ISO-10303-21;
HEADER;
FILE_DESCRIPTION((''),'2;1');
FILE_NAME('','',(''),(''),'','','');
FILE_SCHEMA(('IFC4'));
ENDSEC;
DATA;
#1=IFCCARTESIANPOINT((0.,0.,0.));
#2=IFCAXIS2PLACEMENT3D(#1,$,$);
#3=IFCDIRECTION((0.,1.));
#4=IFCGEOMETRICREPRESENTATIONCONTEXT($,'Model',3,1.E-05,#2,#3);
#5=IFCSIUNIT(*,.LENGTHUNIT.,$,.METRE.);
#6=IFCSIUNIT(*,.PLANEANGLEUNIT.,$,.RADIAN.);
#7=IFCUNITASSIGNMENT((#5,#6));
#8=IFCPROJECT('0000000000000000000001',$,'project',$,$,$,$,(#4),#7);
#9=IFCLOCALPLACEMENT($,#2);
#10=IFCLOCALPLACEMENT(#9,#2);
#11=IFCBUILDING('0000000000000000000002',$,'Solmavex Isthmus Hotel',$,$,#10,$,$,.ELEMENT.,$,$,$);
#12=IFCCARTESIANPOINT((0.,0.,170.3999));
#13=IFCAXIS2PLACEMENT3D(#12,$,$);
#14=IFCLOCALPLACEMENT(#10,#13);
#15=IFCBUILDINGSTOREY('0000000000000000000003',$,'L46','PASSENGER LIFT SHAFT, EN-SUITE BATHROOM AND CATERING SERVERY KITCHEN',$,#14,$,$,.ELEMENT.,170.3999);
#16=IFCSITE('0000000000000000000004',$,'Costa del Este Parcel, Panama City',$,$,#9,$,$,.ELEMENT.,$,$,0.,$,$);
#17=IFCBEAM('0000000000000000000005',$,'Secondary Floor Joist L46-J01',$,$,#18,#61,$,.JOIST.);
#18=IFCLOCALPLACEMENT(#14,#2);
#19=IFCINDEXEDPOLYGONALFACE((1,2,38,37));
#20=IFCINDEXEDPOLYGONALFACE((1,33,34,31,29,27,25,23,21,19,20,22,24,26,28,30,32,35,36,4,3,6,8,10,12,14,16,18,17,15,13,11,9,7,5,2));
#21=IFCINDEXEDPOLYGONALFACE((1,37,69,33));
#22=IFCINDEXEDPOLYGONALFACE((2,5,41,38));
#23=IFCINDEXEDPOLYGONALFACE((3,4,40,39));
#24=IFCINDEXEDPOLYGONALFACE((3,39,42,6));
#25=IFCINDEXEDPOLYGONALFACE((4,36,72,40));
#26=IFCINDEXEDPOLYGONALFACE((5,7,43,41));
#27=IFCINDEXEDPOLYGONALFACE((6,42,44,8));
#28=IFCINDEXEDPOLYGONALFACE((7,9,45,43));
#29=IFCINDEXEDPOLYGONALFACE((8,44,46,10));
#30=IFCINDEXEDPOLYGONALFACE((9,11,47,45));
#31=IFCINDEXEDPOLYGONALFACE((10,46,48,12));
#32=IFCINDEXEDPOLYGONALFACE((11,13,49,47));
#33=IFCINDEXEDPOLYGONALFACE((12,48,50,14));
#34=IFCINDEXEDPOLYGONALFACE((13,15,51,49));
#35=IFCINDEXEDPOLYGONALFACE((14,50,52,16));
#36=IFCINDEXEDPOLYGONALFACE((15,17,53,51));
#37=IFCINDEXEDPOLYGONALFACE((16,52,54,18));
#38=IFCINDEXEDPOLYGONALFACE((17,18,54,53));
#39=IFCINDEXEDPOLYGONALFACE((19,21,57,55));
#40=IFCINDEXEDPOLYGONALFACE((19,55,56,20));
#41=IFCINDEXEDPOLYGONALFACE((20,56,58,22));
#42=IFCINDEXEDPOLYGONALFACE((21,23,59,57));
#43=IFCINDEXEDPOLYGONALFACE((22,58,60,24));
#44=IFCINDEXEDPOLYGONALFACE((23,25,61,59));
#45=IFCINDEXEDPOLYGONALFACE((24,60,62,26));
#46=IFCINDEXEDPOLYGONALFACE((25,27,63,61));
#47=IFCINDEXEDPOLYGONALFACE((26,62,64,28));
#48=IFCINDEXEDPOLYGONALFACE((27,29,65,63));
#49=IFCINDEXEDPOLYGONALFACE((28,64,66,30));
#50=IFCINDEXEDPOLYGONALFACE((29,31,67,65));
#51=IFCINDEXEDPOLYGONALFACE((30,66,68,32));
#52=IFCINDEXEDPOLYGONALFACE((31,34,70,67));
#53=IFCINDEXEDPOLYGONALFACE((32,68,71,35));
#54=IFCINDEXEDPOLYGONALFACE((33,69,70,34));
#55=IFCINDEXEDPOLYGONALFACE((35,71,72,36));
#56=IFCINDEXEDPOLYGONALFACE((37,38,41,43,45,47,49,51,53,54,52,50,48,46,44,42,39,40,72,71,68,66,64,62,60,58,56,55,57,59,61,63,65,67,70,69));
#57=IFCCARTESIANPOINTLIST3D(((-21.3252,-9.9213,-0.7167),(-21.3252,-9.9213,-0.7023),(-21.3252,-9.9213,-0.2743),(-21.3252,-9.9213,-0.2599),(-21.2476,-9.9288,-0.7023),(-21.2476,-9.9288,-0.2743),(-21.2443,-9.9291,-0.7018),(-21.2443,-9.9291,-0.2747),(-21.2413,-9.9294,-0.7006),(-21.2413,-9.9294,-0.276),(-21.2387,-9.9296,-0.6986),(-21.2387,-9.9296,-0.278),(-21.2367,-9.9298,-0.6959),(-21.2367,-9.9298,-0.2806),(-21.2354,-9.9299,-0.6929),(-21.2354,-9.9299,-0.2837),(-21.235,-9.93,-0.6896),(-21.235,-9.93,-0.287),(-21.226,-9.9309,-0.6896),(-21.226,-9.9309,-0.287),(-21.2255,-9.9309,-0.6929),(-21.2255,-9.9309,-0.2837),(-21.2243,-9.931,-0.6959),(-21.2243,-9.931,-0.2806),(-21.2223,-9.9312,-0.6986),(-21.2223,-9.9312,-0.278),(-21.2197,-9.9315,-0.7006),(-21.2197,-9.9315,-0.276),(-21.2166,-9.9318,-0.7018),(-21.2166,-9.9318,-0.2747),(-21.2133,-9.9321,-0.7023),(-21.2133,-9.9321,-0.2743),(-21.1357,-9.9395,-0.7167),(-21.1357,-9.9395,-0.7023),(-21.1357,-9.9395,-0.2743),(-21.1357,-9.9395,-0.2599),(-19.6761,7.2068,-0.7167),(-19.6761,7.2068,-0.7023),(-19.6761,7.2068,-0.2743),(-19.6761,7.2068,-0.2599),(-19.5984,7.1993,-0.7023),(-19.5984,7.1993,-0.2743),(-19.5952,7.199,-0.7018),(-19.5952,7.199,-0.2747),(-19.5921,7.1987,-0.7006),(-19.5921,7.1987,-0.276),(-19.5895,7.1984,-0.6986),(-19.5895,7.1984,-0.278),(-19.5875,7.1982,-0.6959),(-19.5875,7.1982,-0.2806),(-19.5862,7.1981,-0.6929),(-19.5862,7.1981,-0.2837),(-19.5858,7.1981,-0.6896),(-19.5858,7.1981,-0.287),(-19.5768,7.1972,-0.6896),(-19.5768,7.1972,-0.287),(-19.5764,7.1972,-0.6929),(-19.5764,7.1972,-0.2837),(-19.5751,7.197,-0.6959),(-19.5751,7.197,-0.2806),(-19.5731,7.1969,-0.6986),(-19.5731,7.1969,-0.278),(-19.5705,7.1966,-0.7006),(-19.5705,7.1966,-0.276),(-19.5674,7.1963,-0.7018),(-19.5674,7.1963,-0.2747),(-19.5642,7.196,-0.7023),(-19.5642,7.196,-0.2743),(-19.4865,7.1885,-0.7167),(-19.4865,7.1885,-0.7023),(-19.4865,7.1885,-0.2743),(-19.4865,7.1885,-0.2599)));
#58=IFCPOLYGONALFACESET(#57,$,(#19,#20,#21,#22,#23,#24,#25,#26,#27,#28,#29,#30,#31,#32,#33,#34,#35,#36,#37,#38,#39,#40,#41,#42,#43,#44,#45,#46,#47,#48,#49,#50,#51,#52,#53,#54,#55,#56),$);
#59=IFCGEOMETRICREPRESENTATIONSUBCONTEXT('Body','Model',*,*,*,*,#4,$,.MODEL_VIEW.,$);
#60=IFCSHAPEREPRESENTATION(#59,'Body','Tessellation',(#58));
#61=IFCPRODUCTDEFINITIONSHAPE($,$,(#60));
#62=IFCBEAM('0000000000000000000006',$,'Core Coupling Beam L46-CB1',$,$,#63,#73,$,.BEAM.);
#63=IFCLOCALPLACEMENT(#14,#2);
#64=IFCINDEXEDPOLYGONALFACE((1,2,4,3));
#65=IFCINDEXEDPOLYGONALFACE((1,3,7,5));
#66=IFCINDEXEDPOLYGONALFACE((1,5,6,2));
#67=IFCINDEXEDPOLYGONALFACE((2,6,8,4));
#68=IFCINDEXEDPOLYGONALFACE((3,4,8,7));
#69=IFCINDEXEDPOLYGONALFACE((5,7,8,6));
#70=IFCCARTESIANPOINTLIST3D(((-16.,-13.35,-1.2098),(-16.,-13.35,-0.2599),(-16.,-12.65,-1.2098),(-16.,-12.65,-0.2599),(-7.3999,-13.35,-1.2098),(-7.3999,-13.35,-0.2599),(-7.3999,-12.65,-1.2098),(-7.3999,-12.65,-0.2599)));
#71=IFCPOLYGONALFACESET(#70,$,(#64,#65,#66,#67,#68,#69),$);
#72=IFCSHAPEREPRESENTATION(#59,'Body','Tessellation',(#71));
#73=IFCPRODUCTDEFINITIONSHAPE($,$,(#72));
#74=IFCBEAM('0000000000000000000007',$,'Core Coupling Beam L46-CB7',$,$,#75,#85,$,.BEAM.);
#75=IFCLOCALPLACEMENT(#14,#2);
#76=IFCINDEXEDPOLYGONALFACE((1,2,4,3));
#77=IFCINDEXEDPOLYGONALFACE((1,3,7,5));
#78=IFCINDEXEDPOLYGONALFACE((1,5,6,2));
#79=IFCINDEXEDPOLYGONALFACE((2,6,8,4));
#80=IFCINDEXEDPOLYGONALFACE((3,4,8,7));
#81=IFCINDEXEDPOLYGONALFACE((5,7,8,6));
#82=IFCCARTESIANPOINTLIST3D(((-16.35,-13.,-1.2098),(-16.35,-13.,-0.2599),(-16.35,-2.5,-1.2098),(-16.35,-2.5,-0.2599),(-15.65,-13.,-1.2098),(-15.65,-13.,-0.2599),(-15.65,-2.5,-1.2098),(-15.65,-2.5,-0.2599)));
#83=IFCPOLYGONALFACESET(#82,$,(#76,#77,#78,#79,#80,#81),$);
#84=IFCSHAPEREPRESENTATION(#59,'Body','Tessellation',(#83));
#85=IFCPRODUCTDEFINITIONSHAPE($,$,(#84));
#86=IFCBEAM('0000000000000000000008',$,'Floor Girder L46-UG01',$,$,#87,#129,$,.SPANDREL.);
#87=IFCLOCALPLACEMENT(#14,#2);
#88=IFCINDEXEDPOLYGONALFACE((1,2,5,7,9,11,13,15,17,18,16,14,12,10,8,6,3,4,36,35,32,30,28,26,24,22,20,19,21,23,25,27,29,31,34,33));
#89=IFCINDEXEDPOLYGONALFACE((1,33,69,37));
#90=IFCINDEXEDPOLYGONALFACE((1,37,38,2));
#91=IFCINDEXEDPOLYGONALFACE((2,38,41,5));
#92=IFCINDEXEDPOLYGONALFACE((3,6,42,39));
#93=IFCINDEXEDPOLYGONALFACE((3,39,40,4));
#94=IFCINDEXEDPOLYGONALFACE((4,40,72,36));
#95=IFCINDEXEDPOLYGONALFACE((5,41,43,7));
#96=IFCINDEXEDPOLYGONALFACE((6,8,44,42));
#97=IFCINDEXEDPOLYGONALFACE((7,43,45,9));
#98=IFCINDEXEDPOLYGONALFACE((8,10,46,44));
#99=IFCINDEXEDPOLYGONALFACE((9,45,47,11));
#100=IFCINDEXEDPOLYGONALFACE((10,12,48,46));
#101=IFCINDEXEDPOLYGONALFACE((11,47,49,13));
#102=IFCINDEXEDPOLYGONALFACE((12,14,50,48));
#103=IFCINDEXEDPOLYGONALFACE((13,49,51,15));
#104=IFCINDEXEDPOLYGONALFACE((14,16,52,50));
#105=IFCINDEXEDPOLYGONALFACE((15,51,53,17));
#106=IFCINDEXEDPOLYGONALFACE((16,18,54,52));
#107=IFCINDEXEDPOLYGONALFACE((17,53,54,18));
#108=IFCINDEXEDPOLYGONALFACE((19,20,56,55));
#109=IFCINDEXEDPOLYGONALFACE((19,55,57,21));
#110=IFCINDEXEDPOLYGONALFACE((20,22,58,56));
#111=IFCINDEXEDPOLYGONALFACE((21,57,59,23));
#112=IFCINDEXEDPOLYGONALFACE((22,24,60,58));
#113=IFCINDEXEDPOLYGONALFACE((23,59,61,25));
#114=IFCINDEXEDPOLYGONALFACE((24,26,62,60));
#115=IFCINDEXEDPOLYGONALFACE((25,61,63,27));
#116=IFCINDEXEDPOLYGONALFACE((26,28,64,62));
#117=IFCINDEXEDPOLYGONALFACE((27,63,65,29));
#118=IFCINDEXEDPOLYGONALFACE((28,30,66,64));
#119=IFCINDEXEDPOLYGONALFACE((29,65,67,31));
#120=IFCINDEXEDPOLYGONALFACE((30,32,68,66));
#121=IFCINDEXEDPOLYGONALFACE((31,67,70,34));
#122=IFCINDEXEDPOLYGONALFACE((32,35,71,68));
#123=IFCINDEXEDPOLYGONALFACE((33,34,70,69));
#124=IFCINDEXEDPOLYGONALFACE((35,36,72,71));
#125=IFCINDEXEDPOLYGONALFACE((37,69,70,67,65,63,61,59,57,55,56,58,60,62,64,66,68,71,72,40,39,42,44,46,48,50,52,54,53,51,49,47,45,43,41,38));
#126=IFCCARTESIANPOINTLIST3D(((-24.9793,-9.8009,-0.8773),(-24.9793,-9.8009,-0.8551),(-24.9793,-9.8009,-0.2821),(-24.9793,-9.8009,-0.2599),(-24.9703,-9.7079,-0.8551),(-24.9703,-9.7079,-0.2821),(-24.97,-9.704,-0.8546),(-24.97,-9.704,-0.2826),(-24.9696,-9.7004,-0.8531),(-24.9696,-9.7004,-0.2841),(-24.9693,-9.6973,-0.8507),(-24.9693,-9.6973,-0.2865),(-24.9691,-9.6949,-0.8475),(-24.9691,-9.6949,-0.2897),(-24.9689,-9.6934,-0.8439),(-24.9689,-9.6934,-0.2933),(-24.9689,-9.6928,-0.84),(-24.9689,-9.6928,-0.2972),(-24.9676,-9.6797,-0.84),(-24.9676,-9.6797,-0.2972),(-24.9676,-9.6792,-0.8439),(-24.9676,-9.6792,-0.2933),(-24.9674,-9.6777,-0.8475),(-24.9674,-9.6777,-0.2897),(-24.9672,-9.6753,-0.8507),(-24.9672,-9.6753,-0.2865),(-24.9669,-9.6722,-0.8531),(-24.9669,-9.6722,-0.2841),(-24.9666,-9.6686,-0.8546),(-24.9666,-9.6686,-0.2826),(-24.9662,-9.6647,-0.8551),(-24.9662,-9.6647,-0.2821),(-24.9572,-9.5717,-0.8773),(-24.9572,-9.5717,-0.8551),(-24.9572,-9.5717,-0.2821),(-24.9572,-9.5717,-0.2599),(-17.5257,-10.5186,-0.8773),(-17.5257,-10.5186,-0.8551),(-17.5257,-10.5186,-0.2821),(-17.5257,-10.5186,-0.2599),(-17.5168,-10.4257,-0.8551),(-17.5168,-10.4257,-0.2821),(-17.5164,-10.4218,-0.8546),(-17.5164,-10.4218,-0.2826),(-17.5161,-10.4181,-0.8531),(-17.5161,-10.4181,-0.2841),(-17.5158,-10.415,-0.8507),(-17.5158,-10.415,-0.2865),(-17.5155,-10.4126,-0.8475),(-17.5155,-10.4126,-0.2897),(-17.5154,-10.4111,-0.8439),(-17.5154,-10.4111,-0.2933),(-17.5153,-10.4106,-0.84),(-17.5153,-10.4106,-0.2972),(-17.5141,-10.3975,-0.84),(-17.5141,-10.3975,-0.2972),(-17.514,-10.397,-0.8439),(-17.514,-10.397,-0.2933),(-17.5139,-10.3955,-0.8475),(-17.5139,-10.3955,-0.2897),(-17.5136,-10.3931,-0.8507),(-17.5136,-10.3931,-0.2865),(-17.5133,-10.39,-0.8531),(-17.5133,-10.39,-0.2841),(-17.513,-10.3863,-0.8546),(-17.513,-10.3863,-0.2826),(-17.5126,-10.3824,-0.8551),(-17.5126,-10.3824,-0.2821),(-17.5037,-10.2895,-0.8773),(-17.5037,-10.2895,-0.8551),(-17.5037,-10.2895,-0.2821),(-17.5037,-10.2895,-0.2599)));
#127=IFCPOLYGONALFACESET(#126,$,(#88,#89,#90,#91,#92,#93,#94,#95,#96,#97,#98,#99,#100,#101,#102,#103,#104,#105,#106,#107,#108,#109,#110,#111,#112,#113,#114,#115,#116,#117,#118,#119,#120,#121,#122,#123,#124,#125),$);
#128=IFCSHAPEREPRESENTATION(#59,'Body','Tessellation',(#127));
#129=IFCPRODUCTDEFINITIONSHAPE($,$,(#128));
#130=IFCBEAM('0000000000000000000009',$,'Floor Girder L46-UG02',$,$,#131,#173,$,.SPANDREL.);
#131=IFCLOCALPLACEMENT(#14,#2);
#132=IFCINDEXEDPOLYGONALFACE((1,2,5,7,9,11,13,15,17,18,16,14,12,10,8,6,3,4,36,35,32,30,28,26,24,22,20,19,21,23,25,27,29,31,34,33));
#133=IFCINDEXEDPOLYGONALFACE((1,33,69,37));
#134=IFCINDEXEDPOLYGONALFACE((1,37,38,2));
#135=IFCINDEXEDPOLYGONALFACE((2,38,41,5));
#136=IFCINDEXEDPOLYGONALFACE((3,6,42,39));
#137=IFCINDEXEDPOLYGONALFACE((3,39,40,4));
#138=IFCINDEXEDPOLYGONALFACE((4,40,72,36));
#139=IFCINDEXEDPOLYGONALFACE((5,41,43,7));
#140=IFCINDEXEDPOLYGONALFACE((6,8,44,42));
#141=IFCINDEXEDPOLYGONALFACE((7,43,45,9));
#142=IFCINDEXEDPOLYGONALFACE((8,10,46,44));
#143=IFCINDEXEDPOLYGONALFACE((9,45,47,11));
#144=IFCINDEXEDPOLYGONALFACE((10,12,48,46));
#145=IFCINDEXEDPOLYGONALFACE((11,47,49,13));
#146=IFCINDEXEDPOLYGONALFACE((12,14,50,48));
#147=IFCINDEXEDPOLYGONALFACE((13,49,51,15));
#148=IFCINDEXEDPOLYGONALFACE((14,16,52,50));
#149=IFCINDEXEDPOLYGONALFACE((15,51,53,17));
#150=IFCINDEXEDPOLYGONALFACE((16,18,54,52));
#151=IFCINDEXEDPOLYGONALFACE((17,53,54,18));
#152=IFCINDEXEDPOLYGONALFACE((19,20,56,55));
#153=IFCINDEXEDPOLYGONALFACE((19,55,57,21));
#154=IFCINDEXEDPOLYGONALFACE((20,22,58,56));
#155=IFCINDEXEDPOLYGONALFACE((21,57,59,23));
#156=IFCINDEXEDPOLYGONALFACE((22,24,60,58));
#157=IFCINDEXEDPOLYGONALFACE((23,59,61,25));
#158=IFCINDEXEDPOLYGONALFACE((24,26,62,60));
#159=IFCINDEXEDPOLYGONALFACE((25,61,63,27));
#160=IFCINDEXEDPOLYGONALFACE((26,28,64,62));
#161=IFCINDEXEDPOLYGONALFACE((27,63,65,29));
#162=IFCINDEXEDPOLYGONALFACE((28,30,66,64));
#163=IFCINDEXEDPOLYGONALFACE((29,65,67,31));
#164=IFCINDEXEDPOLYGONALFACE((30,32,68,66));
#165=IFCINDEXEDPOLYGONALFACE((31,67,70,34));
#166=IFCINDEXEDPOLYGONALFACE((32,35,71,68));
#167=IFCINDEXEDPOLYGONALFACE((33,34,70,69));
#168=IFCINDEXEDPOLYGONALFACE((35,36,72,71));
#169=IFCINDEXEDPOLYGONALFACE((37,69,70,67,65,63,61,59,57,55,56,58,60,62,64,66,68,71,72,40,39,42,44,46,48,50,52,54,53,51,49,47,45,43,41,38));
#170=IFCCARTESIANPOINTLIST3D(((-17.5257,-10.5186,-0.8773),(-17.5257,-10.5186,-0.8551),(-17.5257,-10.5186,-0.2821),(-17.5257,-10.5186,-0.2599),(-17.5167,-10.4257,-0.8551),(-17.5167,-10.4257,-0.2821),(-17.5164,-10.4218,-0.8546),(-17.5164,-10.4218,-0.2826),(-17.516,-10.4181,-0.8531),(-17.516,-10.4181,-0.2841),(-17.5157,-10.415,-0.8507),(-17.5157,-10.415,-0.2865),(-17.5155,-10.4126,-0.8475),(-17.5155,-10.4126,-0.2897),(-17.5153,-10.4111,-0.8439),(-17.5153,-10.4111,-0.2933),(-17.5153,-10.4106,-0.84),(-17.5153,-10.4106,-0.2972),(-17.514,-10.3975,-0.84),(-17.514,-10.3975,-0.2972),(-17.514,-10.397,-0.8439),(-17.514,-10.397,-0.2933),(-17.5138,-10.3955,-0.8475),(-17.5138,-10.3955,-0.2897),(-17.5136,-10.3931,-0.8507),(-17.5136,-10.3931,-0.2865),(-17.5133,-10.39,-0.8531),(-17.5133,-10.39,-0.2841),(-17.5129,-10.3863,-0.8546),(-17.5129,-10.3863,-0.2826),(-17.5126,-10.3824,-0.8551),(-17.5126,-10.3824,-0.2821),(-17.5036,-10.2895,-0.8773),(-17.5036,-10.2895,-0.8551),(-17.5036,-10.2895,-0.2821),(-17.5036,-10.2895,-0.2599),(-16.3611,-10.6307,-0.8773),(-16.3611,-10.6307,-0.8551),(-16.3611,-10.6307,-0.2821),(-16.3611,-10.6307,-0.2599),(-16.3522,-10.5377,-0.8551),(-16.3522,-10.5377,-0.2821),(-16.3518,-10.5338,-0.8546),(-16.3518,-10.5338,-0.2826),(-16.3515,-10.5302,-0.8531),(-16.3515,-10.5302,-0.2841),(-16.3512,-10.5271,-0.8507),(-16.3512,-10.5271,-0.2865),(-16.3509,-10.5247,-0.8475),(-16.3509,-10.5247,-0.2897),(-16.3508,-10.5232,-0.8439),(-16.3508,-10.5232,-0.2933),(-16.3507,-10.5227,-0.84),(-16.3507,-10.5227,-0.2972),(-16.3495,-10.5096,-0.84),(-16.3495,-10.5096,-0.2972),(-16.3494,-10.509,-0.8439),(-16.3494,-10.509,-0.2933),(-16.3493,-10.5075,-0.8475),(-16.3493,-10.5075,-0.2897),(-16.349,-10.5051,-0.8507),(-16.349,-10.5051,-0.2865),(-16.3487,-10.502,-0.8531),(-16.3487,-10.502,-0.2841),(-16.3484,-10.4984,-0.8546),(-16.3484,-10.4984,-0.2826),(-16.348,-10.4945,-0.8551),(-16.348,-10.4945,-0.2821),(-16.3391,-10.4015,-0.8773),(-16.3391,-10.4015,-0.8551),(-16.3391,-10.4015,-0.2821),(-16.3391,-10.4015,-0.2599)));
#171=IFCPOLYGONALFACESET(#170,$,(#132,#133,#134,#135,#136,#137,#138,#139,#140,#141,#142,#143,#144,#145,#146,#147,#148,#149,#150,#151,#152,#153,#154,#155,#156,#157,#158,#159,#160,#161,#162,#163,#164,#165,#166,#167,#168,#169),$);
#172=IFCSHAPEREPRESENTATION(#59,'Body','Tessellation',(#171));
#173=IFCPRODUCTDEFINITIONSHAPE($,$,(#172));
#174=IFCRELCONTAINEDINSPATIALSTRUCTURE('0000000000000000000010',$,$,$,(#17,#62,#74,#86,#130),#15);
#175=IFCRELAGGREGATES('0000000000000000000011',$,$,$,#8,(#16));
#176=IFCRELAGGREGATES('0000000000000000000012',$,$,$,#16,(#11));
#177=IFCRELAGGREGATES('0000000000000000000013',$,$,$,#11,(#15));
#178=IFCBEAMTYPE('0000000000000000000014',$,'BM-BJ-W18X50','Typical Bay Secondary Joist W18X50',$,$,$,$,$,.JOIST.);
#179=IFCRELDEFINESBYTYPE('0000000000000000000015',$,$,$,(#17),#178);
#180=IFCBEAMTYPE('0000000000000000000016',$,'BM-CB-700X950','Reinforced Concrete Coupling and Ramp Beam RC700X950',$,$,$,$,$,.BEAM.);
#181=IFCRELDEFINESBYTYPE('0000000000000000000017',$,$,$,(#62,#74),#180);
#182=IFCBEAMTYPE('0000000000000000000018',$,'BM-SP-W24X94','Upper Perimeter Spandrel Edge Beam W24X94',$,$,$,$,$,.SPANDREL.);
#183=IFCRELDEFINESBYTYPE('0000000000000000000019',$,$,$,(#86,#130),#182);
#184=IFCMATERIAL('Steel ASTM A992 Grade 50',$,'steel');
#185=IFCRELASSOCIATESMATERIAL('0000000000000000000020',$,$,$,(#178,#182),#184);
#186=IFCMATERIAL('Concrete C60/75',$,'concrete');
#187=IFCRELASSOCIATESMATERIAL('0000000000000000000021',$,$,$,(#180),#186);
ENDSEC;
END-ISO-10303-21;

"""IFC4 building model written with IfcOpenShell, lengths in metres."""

from ifc_helpers import new_model, si_unit, direction, frame, origin, origin_2d, place, context, subcontext, project, spatial, rectangle, i_section, extrude, material, material_profile, profile_set, type_object, element, save


model = new_model("IFC4")

# Units and contexts
model_context = context("Model", 3, precision=1e-05, world=origin(), true_north=direction((0.0, 1.0)))
body_context = subcontext(model_context, "Body", "Model", "MODEL_VIEW")
ifc_project = project(units=[si_unit("LENGTHUNIT", "METRE"), si_unit("PLANEANGLEUNIT", "RADIAN")], contexts=[model_context])

# Site, building, storey
site_placement = place(None, origin())
site = spatial("IfcSite", under=ifc_project, at=site_placement, Name="Costa del Este Parcel, Panama City", CompositionType="ELEMENT", RefElevation=0.0)
building_placement = place(site_placement, origin())
building = spatial("IfcBuilding", under=site, at=building_placement, Name="Solmavex Isthmus Hotel", CompositionType="ELEMENT")
storey_placement = place(building_placement, frame((0.0, 0.0, 170.3999)))
storey = spatial("IfcBuildingStorey", under=building, at=storey_placement, Name="L46", Description="PASSENGER LIFT SHAFT, EN-SUITE BATHROOM AND CATERING SERVERY KITCHEN", CompositionType="ELEMENT", Elevation=170.3999)

# Shared definitions
ifc_material_1 = material(Name="Concrete C60/75", Category="concrete")

# Beams
ifc_material_2 = material(Name="Steel ASTM A992 Grade 50", Category="steel")
ifc_material_profile_1 = material_profile(ifc_material_2, i_section(OverallWidth=0.1904, OverallDepth=0.4568, WebThickness=0.009, FlangeThickness=0.0144, FilletRadius=0.0127, at=origin_2d()), Name="W18X50")
ifc_profile_set_1 = profile_set([ifc_material_profile_1], Name="Steel ASTM A992 Grade 50")
beam_type_1 = type_object("IfcBeamType", Name="BM-BJ-W18X50", Description="Typical Bay Secondary Joist W18X50", PredefinedType="JOIST", material=ifc_profile_set_1)
beam_1_placement = place(storey_placement, frame((-21.2305, -9.9304, -0.4883), z_axis=(0.095841, 0.995397, 0.0), x_axis=(-0.995397, 0.095841, 0.0)))
element("IfcBeam", 1, at=beam_1_placement, inside=storey, type_object=beam_type_1, Name="Secondary Floor Joist L46-J01", PredefinedType="JOIST", context=body_context, shape_type="SweptSolid", body=[
    extrude(i_section(OverallWidth=0.1904, OverallDepth=0.4568, WebThickness=0.009, FlangeThickness=0.0144, FilletRadius=0.0127, at=origin_2d()), origin(), (0.0, 0.0, 1.0), 17.2073),
])
ifc_material_profile_2 = material_profile(ifc_material_1, rectangle(XDim=0.7, YDim=0.95, at=origin_2d()), Name="RC700X950")
ifc_profile_set_2 = profile_set([ifc_material_profile_2], Name="Concrete C60/75")
beam_type_2 = type_object("IfcBeamType", Name="BM-CB-700X950", Description="Reinforced Concrete Coupling and Ramp Beam RC700X950", PredefinedType="BEAM", material=ifc_profile_set_2)
beam_2_placement = place(storey_placement, frame((-16.0, -13.0, -0.7349), z_axis=(1.0, 0.0, 0.0), x_axis=(0.0, 1.0, 0.0)))
element("IfcBeam", 2, at=beam_2_placement, inside=storey, type_object=beam_type_2, Name="Core Coupling Beam L46-CB1", PredefinedType="BEAM", context=body_context, shape_type="SweptSolid", body=[
    extrude(rectangle(XDim=0.7, YDim=0.95, at=origin_2d()), origin(), (0.0, 0.0, 1.0), 8.6001),
])
beam_3_placement = place(storey_placement, frame((-16.0, -13.0, -0.7349), z_axis=(0.0, 1.0, 0.0), x_axis=(-1.0, 0.0, 0.0)))
element("IfcBeam", 3, at=beam_3_placement, inside=storey, type_object=beam_type_2, Name="Core Coupling Beam L46-CB7", PredefinedType="BEAM", context=body_context, shape_type="SweptSolid", body=[
    extrude(rectangle(XDim=0.7, YDim=0.95, at=origin_2d()), origin(), (0.0, 0.0, 1.0), 10.5),
])
ifc_material_profile_3 = material_profile(ifc_material_2, i_section(OverallWidth=0.2302, OverallDepth=0.6174, WebThickness=0.0132, FlangeThickness=0.0222, FilletRadius=0.0151, at=origin_2d()), Name="W24X94")
ifc_profile_set_3 = profile_set([ifc_material_profile_3], Name="Steel ASTM A992 Grade 50")
beam_type_3 = type_object("IfcBeamType", Name="BM-SP-W24X94", Description="Upper Perimeter Spandrel Edge Beam W24X94", PredefinedType="SPANDREL", material=ifc_profile_set_3)
beam_4_placement = place(storey_placement, frame((-24.9683, -9.6863, -0.5686), z_axis=(0.995395, -0.095855, 0.0), x_axis=(0.095855, 0.995395, 0.0)))
element("IfcBeam", 4, at=beam_4_placement, inside=storey, type_object=beam_type_3, Name="Floor Girder L46-UG01", PredefinedType="SPANDREL", context=body_context, shape_type="SweptSolid", body=[
    extrude(i_section(OverallWidth=0.2302, OverallDepth=0.6174, WebThickness=0.0132, FlangeThickness=0.0222, FilletRadius=0.0151, at=origin_2d()), origin(), (0.0, 0.0, 1.0), 7.488),
])
beam_5_placement = place(storey_placement, frame((-17.5146, -10.4041, -0.5686), z_axis=(0.995402, -0.095784, 0.0), x_axis=(0.095784, 0.995402, 0.0)))
element("IfcBeam", 5, at=beam_5_placement, inside=storey, type_object=beam_type_3, Name="Floor Girder L46-UG02", PredefinedType="SPANDREL", context=body_context, shape_type="SweptSolid", body=[
    extrude(i_section(OverallWidth=0.2302, OverallDepth=0.6174, WebThickness=0.0132, FlangeThickness=0.0222, FilletRadius=0.0151, at=origin_2d()), origin(), (0.0, 0.0, 1.0), 1.1699),
])

save(model, "model.ifc")
